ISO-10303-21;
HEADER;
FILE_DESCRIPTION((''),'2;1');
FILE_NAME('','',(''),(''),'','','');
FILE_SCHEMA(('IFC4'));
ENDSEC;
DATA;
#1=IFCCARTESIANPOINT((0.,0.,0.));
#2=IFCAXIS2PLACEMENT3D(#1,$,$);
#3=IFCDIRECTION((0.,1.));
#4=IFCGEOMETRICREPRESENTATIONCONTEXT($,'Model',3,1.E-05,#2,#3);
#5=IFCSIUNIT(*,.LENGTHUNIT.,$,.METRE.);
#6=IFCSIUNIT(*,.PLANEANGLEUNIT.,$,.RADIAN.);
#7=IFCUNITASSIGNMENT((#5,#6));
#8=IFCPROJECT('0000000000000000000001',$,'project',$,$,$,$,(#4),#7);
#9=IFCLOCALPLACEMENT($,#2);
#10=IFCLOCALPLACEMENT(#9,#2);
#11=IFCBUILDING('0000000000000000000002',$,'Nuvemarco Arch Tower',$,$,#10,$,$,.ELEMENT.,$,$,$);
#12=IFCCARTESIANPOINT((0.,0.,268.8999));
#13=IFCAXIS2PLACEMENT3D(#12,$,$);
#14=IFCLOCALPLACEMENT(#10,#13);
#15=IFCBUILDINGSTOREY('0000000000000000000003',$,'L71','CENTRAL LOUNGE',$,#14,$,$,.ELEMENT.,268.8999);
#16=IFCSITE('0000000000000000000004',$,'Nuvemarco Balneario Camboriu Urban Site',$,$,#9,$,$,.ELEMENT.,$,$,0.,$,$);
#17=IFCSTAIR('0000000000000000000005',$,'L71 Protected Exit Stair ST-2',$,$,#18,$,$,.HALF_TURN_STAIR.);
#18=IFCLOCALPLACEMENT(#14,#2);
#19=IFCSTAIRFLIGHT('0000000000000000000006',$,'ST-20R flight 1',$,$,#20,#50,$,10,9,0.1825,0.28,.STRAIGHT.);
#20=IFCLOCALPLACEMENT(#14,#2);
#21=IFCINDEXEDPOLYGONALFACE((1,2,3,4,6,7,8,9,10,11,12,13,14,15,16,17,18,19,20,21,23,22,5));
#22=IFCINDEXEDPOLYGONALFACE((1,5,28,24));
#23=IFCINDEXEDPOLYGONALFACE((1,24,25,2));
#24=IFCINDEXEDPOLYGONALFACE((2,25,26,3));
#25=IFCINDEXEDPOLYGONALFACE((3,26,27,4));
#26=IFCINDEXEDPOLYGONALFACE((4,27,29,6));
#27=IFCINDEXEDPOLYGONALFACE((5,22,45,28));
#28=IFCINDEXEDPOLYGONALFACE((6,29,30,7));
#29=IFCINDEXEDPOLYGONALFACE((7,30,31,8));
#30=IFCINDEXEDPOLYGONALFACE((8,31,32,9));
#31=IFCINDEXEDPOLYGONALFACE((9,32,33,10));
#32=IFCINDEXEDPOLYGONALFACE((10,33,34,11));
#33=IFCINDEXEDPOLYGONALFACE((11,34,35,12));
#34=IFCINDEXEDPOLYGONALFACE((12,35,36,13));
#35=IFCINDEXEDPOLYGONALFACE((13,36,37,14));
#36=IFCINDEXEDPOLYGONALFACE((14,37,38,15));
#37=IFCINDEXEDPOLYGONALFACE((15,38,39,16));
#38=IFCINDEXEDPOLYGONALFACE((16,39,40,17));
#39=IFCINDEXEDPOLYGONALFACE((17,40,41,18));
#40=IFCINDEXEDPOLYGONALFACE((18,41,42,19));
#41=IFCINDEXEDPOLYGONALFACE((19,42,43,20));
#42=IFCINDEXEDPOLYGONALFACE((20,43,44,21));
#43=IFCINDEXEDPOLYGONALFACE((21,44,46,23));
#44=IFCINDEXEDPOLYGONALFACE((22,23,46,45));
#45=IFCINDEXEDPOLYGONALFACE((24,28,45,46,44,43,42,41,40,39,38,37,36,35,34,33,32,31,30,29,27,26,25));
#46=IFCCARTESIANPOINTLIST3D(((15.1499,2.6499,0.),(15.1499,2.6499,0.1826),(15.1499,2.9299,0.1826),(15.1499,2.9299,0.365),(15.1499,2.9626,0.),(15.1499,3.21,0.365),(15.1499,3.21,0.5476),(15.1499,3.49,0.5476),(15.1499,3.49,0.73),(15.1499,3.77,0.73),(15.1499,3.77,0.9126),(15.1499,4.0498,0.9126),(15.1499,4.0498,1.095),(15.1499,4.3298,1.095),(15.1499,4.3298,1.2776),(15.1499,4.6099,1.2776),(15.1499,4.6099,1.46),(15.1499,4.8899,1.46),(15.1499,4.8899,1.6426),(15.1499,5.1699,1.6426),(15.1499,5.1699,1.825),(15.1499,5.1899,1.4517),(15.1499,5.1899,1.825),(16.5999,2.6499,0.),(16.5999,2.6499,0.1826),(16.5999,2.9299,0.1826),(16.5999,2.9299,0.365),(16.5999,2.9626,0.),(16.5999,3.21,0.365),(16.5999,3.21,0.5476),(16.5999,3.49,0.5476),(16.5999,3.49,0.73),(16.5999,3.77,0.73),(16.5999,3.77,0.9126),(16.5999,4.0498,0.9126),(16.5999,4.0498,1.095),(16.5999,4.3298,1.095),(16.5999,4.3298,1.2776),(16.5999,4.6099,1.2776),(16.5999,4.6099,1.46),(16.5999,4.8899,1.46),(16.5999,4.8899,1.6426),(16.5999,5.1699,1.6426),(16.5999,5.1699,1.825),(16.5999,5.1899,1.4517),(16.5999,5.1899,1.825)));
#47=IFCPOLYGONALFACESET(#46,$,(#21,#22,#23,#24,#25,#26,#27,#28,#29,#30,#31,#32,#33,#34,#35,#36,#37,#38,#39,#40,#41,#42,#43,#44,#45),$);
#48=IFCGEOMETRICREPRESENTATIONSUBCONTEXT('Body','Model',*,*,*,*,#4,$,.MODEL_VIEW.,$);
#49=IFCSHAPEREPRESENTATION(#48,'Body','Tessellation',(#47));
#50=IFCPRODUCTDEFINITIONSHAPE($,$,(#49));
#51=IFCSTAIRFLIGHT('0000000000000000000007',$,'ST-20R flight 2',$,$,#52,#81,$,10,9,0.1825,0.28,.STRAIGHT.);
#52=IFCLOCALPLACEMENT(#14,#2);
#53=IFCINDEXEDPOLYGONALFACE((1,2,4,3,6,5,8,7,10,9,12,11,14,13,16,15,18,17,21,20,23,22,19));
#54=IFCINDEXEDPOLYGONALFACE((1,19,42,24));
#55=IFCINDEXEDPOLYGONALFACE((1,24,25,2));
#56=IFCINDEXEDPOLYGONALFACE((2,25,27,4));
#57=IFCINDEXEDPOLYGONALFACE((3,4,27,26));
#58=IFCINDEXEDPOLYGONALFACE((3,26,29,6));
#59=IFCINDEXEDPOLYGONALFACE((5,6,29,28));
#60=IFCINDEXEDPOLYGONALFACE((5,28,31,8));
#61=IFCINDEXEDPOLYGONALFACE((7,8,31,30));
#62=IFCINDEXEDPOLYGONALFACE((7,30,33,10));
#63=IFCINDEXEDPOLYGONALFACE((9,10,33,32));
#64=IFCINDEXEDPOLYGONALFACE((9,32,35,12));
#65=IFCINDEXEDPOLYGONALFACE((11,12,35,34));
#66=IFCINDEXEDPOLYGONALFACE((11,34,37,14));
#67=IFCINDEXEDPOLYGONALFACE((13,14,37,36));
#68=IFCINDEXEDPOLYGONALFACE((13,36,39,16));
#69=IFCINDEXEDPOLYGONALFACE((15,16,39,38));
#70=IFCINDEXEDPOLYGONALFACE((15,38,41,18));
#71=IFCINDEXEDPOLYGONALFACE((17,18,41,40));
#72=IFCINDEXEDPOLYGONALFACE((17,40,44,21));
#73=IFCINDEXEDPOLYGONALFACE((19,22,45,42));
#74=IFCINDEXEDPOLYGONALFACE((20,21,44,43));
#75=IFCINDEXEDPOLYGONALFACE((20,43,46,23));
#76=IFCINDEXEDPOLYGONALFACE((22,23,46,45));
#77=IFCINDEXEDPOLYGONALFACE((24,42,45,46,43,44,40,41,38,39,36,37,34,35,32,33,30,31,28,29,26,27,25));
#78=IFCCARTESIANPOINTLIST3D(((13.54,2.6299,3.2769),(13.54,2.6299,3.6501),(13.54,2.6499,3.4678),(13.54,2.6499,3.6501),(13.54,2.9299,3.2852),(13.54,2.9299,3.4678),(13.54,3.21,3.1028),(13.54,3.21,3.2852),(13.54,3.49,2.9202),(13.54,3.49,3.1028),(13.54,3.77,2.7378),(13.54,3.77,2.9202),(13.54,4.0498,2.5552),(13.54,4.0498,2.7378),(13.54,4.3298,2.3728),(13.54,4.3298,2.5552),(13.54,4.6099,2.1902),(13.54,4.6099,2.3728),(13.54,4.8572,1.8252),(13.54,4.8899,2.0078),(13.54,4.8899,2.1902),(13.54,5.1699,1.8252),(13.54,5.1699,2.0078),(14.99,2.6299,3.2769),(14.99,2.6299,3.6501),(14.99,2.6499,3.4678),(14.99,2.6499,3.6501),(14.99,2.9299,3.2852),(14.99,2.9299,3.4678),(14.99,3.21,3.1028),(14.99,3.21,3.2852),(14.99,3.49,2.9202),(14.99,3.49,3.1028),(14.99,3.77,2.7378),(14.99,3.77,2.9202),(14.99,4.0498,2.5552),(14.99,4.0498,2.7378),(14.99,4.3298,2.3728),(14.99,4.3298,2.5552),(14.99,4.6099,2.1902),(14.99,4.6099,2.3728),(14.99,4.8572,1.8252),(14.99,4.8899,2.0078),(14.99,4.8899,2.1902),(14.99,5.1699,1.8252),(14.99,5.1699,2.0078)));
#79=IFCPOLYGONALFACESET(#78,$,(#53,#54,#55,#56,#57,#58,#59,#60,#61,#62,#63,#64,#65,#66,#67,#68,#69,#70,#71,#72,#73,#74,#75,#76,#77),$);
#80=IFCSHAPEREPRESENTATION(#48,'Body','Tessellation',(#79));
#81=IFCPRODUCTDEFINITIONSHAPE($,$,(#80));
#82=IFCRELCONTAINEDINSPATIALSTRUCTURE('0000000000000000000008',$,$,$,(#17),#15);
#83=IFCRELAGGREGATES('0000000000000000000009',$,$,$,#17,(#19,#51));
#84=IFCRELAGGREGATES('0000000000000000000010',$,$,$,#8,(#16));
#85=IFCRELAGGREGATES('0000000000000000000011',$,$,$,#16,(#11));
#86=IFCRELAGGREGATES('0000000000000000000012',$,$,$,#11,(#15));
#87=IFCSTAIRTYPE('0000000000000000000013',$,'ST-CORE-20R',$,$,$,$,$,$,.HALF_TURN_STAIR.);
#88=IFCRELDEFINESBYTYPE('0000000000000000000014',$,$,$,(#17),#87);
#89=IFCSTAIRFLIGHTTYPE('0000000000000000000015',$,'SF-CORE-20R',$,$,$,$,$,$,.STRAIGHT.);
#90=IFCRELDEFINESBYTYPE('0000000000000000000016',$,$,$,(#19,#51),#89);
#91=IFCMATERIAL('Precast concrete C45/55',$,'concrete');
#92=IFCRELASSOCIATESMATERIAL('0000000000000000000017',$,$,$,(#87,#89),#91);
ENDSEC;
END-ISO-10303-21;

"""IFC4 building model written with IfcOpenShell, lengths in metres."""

from ifc_helpers import new_model, si_unit, direction, frame, origin, place, context, subcontext, project, spatial, polyline, outline, extrude, material, type_object, element, aggregate, save


model = new_model("IFC4")

# Units and contexts
model_context = context("Model", 3, precision=1e-05, world=origin(), true_north=direction((0.0, 1.0)))
body_context = subcontext(model_context, "Body", "Model", "MODEL_VIEW")
ifc_project = project(units=[si_unit("LENGTHUNIT", "METRE"), si_unit("PLANEANGLEUNIT", "RADIAN")], contexts=[model_context])

# Site, building, storey
site_placement = place(None, origin())
site = spatial("IfcSite", under=ifc_project, at=site_placement, Name="Nuvemarco Balneario Camboriu Urban Site", CompositionType="ELEMENT", RefElevation=0.0)
building_placement = place(site_placement, origin())
building = spatial("IfcBuilding", under=site, at=building_placement, Name="Nuvemarco Arch Tower", CompositionType="ELEMENT")
storey_placement = place(building_placement, frame((0.0, 0.0, 268.8999)))
storey = spatial("IfcBuildingStorey", under=building, at=storey_placement, Name="L71", Description="CENTRAL LOUNGE", CompositionType="ELEMENT", Elevation=268.8999)

# Shared definitions
ifc_material_1 = material(Name="Precast concrete C45/55", Category="concrete")

# Stair, stair flights
stair_type = type_object("IfcStairType", Name="ST-CORE-20R", PredefinedType="HALF_TURN_STAIR", material=ifc_material_1)
stair_placement = place(storey_placement, origin())
stair = element("IfcStair", 1, at=stair_placement, inside=storey, type_object=stair_type, Name="L71 Protected Exit Stair ST-2", PredefinedType="HALF_TURN_STAIR")
stair_flight_type = type_object("IfcStairFlightType", Name="SF-CORE-20R", PredefinedType="STRAIGHT", material=ifc_material_1)
stair_flight_1_placement = place(storey_placement, frame((15.875, 2.6499, 0.0), z_axis=(0.0, 0.0, 1.0), x_axis=(0.0, 1.0, 0.0)))
stair_flight_1 = element("IfcStairFlight", 2, at=stair_flight_1_placement, type_object=stair_flight_type, Name="ST-20R flight 1", NumberOfRisers=10, NumberOfTreads=9, PredefinedType="STRAIGHT", RiserHeight=0.1825, TreadLength=0.28, context=body_context, shape_type="SweptSolid", body=[
    extrude(outline(polyline([(0.0, 0.0), (0.0, 0.1826), (0.28, 0.1826), (0.28, 0.365), (0.5601, 0.365), (0.5601, 0.5476), (0.8401, 0.5476), (0.8401, 0.73), (1.1201, 0.73), (1.1201, 0.9126), (1.3999, 0.9126), (1.3999, 1.095), (1.6799, 1.095), (1.6799, 1.2776), (1.96, 1.2776), (1.96, 1.46), (2.24, 1.46), (2.24, 1.6426), (2.52, 1.6426), (2.52, 1.825), (2.54, 1.825), (2.54, 1.4517), (0.3127, 0.0), (0.0, 0.0)])), frame((0.0, 0.7251, 0.0), z_axis=(0.0, -1.0, 0.0), x_axis=(1.0, 0.0, 0.0)), (0.0, 0.0, 1.0), 1.45),
])
stair_flight_2_placement = place(storey_placement, frame((14.2649, 5.1699, 1.8252), z_axis=(0.0, 0.0, 1.0), x_axis=(0.0, -1.0, 0.0)))
stair_flight_2 = element("IfcStairFlight", 3, at=stair_flight_2_placement, type_object=stair_flight_type, Name="ST-20R flight 2", NumberOfRisers=10, NumberOfTreads=9, PredefinedType="STRAIGHT", RiserHeight=0.1825, TreadLength=0.28, context=body_context, shape_type="SweptSolid", body=[
    extrude(outline(polyline([(0.0, 0.0), (0.0, 0.1826), (0.28, 0.1826), (0.28, 0.365), (0.5601, 0.365), (0.5601, 0.5476), (0.8401, 0.5476), (0.8401, 0.73), (1.1201, 0.73), (1.1201, 0.9126), (1.3999, 0.9126), (1.3999, 1.095), (1.6799, 1.095), (1.6799, 1.2776), (1.96, 1.2776), (1.96, 1.46), (2.24, 1.46), (2.24, 1.6426), (2.52, 1.6426), (2.52, 1.825), (2.54, 1.825), (2.54, 1.4517), (0.3127, 0.0), (0.0, 0.0)])), frame((0.0, 0.7251, 0.0), z_axis=(0.0, -1.0, 0.0), x_axis=(1.0, 0.0, 0.0)), (0.0, 0.0, 1.0), 1.45),
])
aggregate(stair, [stair_flight_1, stair_flight_2])

save(model, "model.ifc")
